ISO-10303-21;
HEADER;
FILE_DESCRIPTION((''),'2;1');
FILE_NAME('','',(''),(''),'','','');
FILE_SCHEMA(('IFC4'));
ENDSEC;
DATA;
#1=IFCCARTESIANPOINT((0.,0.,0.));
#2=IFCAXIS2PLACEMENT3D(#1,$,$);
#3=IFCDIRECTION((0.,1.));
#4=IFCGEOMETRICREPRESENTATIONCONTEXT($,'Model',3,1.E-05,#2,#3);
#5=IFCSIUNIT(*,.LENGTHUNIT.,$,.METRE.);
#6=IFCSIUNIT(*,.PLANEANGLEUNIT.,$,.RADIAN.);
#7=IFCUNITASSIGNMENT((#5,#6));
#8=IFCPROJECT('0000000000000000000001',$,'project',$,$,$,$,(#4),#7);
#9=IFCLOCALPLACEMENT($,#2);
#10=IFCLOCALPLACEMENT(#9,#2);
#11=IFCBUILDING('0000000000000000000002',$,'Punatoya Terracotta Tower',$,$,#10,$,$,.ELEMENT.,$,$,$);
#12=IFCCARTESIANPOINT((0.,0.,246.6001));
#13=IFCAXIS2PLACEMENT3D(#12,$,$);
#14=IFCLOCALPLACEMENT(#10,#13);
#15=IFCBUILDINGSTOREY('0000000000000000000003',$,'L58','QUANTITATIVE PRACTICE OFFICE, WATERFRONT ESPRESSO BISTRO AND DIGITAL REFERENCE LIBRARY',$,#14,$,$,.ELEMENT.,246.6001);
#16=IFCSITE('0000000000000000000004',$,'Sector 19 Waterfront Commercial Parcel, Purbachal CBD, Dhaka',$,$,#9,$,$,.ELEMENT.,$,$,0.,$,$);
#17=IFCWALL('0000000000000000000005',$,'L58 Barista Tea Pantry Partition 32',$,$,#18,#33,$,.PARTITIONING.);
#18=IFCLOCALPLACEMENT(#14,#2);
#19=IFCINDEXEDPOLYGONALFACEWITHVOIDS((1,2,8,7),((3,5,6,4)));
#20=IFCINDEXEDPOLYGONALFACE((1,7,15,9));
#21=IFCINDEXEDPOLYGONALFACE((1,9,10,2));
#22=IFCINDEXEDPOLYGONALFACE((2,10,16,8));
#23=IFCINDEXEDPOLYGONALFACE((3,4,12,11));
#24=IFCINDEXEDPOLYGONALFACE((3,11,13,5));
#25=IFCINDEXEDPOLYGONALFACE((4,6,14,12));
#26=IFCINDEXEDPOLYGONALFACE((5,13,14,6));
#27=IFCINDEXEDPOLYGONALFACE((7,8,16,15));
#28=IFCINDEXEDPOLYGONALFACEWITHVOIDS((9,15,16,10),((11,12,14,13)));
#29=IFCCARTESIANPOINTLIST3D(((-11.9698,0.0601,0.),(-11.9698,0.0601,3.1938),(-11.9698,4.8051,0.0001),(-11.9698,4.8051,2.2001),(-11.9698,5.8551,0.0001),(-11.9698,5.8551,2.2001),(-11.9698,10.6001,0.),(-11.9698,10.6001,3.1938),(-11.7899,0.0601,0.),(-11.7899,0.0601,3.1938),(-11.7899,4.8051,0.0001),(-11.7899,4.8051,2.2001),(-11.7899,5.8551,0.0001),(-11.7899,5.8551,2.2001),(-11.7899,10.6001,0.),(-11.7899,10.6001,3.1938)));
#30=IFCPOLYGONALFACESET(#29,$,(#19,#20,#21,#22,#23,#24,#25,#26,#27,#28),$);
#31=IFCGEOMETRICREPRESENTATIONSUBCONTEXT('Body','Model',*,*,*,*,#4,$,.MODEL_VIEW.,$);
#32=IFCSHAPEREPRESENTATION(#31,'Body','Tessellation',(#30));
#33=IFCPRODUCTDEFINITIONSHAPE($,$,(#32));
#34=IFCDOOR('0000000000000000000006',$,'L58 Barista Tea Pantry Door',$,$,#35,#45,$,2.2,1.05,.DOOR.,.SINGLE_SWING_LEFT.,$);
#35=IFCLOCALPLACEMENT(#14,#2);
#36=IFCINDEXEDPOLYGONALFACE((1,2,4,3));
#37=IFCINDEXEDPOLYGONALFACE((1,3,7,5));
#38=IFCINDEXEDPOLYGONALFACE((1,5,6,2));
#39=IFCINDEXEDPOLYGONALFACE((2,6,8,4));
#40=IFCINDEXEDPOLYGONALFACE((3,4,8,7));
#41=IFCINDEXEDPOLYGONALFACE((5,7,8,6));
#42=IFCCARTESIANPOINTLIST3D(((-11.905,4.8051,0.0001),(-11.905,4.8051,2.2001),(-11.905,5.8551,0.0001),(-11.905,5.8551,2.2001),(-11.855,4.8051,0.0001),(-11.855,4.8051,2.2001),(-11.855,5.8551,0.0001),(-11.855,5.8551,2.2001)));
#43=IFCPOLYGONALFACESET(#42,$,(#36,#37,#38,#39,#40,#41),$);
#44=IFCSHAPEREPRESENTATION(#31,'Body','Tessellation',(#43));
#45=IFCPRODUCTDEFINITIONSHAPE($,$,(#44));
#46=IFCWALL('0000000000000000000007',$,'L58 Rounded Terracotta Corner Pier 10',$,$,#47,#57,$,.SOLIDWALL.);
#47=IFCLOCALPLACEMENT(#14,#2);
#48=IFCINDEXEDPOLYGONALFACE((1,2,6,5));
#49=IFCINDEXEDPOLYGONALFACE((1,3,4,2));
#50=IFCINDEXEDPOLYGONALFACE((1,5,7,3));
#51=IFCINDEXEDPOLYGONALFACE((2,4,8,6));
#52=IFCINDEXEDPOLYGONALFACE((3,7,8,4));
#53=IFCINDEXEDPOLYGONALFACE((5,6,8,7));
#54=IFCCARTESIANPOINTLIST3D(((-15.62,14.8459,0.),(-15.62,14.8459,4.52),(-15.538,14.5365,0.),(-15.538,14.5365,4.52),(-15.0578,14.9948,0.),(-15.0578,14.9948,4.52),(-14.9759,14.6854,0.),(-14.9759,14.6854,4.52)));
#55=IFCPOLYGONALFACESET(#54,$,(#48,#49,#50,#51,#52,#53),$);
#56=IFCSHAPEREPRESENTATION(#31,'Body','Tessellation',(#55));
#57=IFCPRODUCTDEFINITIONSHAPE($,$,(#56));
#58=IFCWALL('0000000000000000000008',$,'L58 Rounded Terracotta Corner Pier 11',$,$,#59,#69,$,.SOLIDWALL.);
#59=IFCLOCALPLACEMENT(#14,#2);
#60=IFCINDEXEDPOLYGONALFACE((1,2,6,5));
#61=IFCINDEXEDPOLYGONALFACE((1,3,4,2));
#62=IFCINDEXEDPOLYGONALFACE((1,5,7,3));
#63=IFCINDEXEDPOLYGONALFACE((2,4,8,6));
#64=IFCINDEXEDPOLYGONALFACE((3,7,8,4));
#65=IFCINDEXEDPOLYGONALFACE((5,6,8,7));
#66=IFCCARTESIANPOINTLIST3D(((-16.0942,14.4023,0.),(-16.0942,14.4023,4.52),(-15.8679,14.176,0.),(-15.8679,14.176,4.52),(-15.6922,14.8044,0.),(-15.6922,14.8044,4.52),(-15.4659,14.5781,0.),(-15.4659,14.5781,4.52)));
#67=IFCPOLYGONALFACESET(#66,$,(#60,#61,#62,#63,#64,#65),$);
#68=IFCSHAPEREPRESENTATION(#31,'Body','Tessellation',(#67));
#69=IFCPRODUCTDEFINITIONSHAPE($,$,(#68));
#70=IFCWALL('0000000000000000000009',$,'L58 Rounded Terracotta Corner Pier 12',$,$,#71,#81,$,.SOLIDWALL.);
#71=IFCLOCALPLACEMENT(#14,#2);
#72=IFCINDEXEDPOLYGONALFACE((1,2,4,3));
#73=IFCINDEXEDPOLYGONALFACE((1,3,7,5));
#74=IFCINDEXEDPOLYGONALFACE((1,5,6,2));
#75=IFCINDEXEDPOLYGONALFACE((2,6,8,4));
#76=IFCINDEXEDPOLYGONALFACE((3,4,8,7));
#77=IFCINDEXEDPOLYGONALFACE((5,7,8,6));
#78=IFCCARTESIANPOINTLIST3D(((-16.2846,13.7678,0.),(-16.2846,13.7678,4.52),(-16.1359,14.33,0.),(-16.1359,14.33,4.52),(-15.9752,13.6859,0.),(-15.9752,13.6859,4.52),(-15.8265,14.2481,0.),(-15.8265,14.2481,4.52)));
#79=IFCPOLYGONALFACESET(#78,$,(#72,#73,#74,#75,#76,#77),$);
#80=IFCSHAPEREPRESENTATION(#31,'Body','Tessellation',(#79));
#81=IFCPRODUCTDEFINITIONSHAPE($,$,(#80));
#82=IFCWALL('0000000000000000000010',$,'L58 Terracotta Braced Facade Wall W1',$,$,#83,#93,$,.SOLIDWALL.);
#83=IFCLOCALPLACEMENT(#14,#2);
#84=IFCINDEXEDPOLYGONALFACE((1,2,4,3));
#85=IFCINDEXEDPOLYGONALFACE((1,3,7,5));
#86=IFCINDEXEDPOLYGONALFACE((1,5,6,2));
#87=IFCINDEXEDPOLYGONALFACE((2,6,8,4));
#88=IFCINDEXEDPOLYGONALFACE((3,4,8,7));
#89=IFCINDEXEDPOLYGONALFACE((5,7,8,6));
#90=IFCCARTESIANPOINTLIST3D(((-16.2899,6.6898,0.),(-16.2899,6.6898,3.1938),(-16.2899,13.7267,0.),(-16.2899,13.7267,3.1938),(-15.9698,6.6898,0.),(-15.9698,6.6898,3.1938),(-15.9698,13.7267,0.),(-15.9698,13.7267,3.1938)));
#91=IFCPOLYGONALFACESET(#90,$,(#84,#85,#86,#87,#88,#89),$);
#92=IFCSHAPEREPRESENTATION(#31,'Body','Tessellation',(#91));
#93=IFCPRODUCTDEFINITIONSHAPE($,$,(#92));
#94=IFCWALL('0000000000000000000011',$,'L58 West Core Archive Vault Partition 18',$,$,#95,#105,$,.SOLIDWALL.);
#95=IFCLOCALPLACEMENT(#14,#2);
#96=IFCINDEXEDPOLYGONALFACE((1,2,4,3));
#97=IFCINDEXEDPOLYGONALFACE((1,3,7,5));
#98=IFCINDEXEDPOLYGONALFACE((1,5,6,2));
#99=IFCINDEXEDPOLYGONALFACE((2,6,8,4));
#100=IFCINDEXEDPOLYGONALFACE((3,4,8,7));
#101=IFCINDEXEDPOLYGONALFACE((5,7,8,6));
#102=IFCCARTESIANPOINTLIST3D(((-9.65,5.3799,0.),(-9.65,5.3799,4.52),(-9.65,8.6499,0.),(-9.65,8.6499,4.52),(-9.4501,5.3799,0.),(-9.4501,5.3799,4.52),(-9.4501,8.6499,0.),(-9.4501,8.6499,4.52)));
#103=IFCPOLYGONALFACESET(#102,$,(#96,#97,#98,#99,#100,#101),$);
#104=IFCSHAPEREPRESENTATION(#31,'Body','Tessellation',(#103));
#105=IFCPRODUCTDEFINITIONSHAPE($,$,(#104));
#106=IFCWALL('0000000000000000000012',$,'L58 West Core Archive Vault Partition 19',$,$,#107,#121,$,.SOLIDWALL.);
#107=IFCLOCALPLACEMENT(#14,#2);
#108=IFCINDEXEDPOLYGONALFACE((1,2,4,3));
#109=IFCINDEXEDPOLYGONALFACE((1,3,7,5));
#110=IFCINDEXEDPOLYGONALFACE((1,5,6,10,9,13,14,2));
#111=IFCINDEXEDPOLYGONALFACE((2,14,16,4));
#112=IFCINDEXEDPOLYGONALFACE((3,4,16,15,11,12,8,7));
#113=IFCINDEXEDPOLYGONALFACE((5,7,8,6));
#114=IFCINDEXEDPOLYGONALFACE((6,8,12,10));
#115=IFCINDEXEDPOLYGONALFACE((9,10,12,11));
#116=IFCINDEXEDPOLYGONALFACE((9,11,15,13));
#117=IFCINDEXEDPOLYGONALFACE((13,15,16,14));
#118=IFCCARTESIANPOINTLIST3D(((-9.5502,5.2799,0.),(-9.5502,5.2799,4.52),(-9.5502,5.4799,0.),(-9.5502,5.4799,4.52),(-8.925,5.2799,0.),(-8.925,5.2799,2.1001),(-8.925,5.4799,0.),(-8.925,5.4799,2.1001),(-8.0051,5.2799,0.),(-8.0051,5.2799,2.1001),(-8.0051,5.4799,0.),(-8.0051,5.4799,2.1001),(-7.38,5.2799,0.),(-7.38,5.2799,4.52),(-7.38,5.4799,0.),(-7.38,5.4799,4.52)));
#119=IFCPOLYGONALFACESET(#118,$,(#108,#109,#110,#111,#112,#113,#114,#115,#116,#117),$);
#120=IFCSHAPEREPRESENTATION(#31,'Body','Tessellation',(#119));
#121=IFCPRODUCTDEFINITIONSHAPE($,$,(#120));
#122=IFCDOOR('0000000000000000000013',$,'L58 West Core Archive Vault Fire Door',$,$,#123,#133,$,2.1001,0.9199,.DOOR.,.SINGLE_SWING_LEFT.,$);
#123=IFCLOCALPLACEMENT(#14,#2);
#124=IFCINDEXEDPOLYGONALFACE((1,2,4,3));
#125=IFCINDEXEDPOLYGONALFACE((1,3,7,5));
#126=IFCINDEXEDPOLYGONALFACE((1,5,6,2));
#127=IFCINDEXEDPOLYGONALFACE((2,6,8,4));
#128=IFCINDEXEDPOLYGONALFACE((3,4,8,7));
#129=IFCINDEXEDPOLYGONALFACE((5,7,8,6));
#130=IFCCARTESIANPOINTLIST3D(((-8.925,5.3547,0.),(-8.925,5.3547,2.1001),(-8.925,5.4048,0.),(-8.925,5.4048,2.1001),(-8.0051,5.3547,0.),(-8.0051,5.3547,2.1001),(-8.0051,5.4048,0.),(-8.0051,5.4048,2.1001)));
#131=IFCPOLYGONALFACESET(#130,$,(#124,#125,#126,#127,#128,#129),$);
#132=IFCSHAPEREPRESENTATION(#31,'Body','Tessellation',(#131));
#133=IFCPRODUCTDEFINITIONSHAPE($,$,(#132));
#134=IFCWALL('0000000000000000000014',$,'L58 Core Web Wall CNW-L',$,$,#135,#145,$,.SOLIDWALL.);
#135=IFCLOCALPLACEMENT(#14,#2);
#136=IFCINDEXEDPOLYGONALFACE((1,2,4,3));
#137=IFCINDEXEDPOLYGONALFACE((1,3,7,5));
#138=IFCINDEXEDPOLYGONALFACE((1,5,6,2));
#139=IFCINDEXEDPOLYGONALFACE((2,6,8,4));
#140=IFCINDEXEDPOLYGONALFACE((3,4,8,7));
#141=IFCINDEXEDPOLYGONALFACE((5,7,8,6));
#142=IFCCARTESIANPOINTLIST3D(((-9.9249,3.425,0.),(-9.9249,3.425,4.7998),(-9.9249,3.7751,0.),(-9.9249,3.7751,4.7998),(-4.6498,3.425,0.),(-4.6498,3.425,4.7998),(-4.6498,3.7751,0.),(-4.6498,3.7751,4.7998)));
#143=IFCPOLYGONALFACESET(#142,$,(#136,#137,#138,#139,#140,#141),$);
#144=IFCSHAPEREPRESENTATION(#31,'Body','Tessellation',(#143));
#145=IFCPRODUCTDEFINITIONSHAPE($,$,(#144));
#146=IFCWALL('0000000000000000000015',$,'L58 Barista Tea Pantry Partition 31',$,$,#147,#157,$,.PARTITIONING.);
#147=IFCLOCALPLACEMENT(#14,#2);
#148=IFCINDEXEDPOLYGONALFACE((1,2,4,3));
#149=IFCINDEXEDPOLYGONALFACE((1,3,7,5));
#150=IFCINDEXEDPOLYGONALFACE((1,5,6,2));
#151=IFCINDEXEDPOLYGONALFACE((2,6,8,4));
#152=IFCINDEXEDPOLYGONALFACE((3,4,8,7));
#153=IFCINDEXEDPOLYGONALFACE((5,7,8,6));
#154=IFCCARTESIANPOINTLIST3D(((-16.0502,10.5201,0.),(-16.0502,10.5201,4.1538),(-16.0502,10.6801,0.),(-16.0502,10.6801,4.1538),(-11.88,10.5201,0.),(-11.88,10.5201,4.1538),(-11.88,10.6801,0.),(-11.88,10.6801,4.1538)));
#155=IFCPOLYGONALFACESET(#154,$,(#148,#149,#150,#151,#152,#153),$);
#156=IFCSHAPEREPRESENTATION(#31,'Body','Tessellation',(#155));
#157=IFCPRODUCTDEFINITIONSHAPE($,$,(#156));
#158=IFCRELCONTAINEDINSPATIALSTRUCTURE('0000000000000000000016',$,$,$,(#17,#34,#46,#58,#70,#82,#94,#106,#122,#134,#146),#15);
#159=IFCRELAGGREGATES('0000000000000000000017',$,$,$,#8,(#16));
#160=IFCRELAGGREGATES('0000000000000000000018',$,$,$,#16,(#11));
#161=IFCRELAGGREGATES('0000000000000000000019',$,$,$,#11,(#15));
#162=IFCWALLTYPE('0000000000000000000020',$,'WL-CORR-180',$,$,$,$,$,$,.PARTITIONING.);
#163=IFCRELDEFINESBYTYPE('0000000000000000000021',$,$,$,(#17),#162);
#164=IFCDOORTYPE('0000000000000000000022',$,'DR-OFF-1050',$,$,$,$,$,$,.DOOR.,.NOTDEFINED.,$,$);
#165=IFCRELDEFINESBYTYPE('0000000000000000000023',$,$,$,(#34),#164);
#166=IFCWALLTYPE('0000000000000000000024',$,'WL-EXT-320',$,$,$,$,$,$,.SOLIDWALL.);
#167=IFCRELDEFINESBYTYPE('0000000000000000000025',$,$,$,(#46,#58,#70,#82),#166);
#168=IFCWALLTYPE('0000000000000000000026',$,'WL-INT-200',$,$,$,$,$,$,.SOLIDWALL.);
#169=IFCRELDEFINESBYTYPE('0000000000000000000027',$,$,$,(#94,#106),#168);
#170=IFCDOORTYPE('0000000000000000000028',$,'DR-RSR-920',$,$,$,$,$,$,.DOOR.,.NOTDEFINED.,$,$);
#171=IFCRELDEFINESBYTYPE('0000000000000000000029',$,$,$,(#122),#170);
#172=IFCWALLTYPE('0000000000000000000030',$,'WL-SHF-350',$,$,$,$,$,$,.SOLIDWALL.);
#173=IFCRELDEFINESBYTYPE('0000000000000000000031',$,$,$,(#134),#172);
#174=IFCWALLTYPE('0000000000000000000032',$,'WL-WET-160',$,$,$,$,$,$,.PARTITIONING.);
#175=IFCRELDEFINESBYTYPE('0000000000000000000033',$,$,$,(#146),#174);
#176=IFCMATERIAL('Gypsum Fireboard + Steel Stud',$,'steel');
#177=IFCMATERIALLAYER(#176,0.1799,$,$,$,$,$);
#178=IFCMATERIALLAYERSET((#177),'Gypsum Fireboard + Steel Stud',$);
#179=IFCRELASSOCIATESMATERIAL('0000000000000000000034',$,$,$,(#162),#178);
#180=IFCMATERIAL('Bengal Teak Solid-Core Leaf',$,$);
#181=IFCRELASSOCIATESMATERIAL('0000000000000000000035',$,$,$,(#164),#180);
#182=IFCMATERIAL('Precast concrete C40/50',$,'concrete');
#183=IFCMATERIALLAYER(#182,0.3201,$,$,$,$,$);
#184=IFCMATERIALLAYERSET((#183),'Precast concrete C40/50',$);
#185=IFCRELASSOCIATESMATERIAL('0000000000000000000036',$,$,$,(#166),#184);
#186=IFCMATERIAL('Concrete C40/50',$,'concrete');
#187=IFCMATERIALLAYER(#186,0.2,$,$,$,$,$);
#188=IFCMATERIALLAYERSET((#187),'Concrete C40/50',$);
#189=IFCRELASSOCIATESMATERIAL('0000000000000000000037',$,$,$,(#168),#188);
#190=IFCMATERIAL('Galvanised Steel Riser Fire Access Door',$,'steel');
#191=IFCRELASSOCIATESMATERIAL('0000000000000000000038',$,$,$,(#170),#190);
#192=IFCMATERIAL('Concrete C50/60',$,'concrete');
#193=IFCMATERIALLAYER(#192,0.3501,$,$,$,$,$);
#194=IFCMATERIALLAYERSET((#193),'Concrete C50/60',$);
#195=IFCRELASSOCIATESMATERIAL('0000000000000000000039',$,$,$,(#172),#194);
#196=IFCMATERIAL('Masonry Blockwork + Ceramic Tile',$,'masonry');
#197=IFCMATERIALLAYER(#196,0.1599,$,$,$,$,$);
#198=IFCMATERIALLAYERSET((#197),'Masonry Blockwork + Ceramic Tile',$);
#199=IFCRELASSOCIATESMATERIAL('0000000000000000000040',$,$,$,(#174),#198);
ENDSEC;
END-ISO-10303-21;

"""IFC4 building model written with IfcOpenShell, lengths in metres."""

from ifc_helpers import new_model, si_unit, direction, frame, frame_2d, origin, place, context, subcontext, project, spatial, rectangle, extrude, material, layer, layer_set, type_object, element, fill, save


model = new_model("IFC4")

# Units and contexts
model_context = context("Model", 3, precision=1e-05, world=origin(), true_north=direction((0.0, 1.0)))
body_context = subcontext(model_context, "Body", "Model", "MODEL_VIEW")
ifc_project = project(units=[si_unit("LENGTHUNIT", "METRE"), si_unit("PLANEANGLEUNIT", "RADIAN")], contexts=[model_context])

# Site, building, storey
site_placement = place(None, origin())
site = spatial("IfcSite", under=ifc_project, at=site_placement, Name="Sector 19 Waterfront Commercial Parcel, Purbachal CBD, Dhaka", CompositionType="ELEMENT", RefElevation=0.0)
building_placement = place(site_placement, origin())
building = spatial("IfcBuilding", under=site, at=building_placement, Name="Punatoya Terracotta Tower", CompositionType="ELEMENT")
storey_placement = place(building_placement, frame((0.0, 0.0, 246.6001)))
storey = spatial("IfcBuildingStorey", under=building, at=storey_placement, Name="L58", Description="QUANTITATIVE PRACTICE OFFICE, WATERFRONT ESPRESSO BISTRO AND DIGITAL REFERENCE LIBRARY", CompositionType="ELEMENT", Elevation=246.6001)

# Shared definitions
ifc_material_1 = material(Name="Concrete C50/60", Category="concrete")

# Wall, opening, door
ifc_material_2 = material(Name="Gypsum Fireboard + Steel Stud", Category="steel")
ifc_layer_1 = layer(ifc_material_2, 0.1799)
ifc_layer_set_1 = layer_set([ifc_layer_1], Name="Gypsum Fireboard + Steel Stud")
wall_type_1 = type_object("IfcWallType", Name="WL-CORR-180", PredefinedType="PARTITIONING", material=ifc_layer_set_1)
wall_1_placement = place(storey_placement, frame((-11.8799, 10.6001, 0.0), z_axis=(0.0, 0.0, 1.0), x_axis=(0.0, -1.0, 0.0)))
wall_1 = element("IfcWall", 1, at=wall_1_placement, inside=storey, type_object=wall_type_1, Name="L58 Barista Tea Pantry Partition 32", PredefinedType="PARTITIONING", context=body_context, shape_type="SweptSolid", body=[
    extrude(rectangle(XDim=10.54, YDim=0.1799, at=frame_2d((5.27, 0.0))), origin(), (0.0, 0.0, 1.0), 3.1938),
])
opening_1_placement = place(wall_1_placement, frame((4.7451, 0.0, 0.0)))
opening_1 = element("IfcOpeningElement", 2, at=opening_1_placement, cuts=wall_1, PredefinedType="OPENING", context=body_context, shape_type="SweptSolid", body=[
    extrude(rectangle(XDim=1.05, YDim=2.2, at=frame_2d((0.5249, 1.1001))), frame((0.0, 0.0999, 0.0), z_axis=(0.0, -1.0, 0.0), x_axis=(1.0, 0.0, 0.0)), (0.0, 0.0, 1.0), 0.2),
])
ifc_material_3 = material(Name="Bengal Teak Solid-Core Leaf")
door_type_1 = type_object("IfcDoorType", Name="DR-OFF-1050", OperationType="NOTDEFINED", PredefinedType="DOOR", material=ifc_material_3)
door_1_placement = place(opening_1_placement, origin())
door_1 = element("IfcDoor", 3, at=door_1_placement, inside=storey, type_object=door_type_1, Name="L58 Barista Tea Pantry Door", OperationType="SINGLE_SWING_LEFT", OverallHeight=2.2, OverallWidth=1.05, PredefinedType="DOOR", context=body_context, shape_type="SweptSolid", body=[
    extrude(rectangle(XDim=1.05, YDim=2.2, at=frame_2d((0.5249, 1.1001))), frame((0.0, 0.0249, 0.0), z_axis=(0.0, -1.0, 0.0), x_axis=(1.0, 0.0, 0.0)), (0.0, 0.0, 1.0), 0.05),
])
fill(opening_1, door_1)

# Walls
ifc_material_4 = material(Name="Precast concrete C40/50", Category="concrete")
ifc_layer_2 = layer(ifc_material_4, 0.3201)
ifc_layer_set_2 = layer_set([ifc_layer_2], Name="Precast concrete C40/50")
wall_type_2 = type_object("IfcWallType", Name="WL-EXT-320", PredefinedType="SOLIDWALL", material=ifc_layer_set_2)
wall_2_placement = place(storey_placement, frame((-15.0168, 14.8401, 0.0), z_axis=(0.0, 0.0, 1.0), x_axis=(-0.966666, -0.256043, 0.0)))
element("IfcWall", 4, at=wall_2_placement, inside=storey, type_object=wall_type_2, Name="L58 Rounded Terracotta Corner Pier 10", PredefinedType="SOLIDWALL", context=body_context, shape_type="SweptSolid", body=[
    extrude(rectangle(XDim=0.5815, YDim=0.3201, at=frame_2d((0.2908, 0.0))), origin(), (0.0, 0.0, 1.0), 4.52),
])
wall_3_placement = place(storey_placement, frame((-15.5791, 14.6912, 0.0), z_axis=(0.0, 0.0, 1.0), x_axis=(-0.707107, -0.707107, 0.0)))
element("IfcWall", 5, at=wall_3_placement, inside=storey, type_object=wall_type_2, Name="L58 Rounded Terracotta Corner Pier 11", PredefinedType="SOLIDWALL", context=body_context, shape_type="SweptSolid", body=[
    extrude(rectangle(XDim=0.5686, YDim=0.3201, at=frame_2d((0.2842, 0.0))), origin(), (0.0, 0.0, 1.0), 4.52),
])
wall_4_placement = place(storey_placement, frame((-15.9812, 14.2891, 0.0), z_axis=(0.0, 0.0, 1.0), x_axis=(-0.25565, -0.966769, 0.0)))
element("IfcWall", 6, at=wall_4_placement, inside=storey, type_object=wall_type_2, Name="L58 Rounded Terracotta Corner Pier 12", PredefinedType="SOLIDWALL", context=body_context, shape_type="SweptSolid", body=[
    extrude(rectangle(XDim=0.5815, YDim=0.3201, at=frame_2d((0.2908, 0.0))), origin(), (0.0, 0.0, 1.0), 4.52),
])
wall_5_placement = place(storey_placement, frame((-16.1299, 13.7268, 0.0), z_axis=(0.0, 0.0, 1.0), x_axis=(0.0, -1.0, 0.0)))
element("IfcWall", 7, at=wall_5_placement, inside=storey, type_object=wall_type_2, Name="L58 Terracotta Braced Facade Wall W1", PredefinedType="SOLIDWALL", context=body_context, shape_type="SweptSolid", body=[
    extrude(rectangle(XDim=7.0369, YDim=0.3201, at=frame_2d((3.5186, 0.0))), origin(), (0.0, 0.0, 1.0), 3.1938),
])
ifc_material_5 = material(Name="Concrete C40/50", Category="concrete")
ifc_layer_3 = layer(ifc_material_5, 0.2)
ifc_layer_set_3 = layer_set([ifc_layer_3], Name="Concrete C40/50")
wall_type_3 = type_object("IfcWallType", Name="WL-INT-200", PredefinedType="SOLIDWALL", material=ifc_layer_set_3)
wall_6_placement = place(storey_placement, frame((-9.55, 8.6499, 0.0), z_axis=(0.0, 0.0, 1.0), x_axis=(0.0, -1.0, 0.0)))
element("IfcWall", 8, at=wall_6_placement, inside=storey, type_object=wall_type_3, Name="L58 West Core Archive Vault Partition 18", PredefinedType="SOLIDWALL", context=body_context, shape_type="SweptSolid", body=[
    extrude(rectangle(XDim=3.27, YDim=0.2, at=frame_2d((1.635, 0.0))), origin(), (0.0, 0.0, 1.0), 4.52),
])

# Wall, opening, door
wall_7_placement = place(storey_placement, frame((-9.55, 5.3799, 0.0), z_axis=(0.0, 0.0, 1.0), x_axis=(1.0, 0.0, 0.0)))
wall_7 = element("IfcWall", 9, at=wall_7_placement, inside=storey, type_object=wall_type_3, Name="L58 West Core Archive Vault Partition 19", PredefinedType="SOLIDWALL", context=body_context, shape_type="SweptSolid", body=[
    extrude(rectangle(XDim=2.1702, YDim=0.2, at=frame_2d((1.085, 0.0))), origin(), (0.0, 0.0, 1.0), 4.52),
])
opening_2_placement = place(wall_7_placement, frame((0.625, 0.0, 0.0)))
opening_2 = element("IfcOpeningElement", 10, at=opening_2_placement, cuts=wall_7, PredefinedType="OPENING", context=body_context, shape_type="SweptSolid", body=[
    extrude(rectangle(XDim=0.9199, YDim=2.1001, at=frame_2d((0.46, 1.05))), frame((0.0, 0.1099, 0.0), z_axis=(0.0, -1.0, 0.0), x_axis=(1.0, 0.0, 0.0)), (0.0, 0.0, 1.0), 0.22),
])
ifc_material_6 = material(Name="Galvanised Steel Riser Fire Access Door", Category="steel")
door_type_2 = type_object("IfcDoorType", Name="DR-RSR-920", OperationType="NOTDEFINED", PredefinedType="DOOR", material=ifc_material_6)
door_2_placement = place(opening_2_placement, origin())
door_2 = element("IfcDoor", 11, at=door_2_placement, inside=storey, type_object=door_type_2, Name="L58 West Core Archive Vault Fire Door", OperationType="SINGLE_SWING_LEFT", OverallHeight=2.1001, OverallWidth=0.9199, PredefinedType="DOOR", context=body_context, shape_type="SweptSolid", body=[
    extrude(rectangle(XDim=0.9199, YDim=2.1001, at=frame_2d((0.46, 1.05))), frame((0.0, 0.0249, 0.0), z_axis=(0.0, -1.0, 0.0), x_axis=(1.0, 0.0, 0.0)), (0.0, 0.0, 1.0), 0.05),
])
fill(opening_2, door_2)

# Walls
ifc_layer_4 = layer(ifc_material_1, 0.3501)
ifc_layer_set_4 = layer_set([ifc_layer_4], Name="Concrete C50/60")
wall_type_4 = type_object("IfcWallType", Name="WL-SHF-350", PredefinedType="SOLIDWALL", material=ifc_layer_set_4)
wall_8_placement = place(storey_placement, frame((-9.925, 3.6001, 0.0), z_axis=(0.0, 0.0, 1.0), x_axis=(1.0, 0.0, 0.0)))
element("IfcWall", 12, at=wall_8_placement, inside=storey, type_object=wall_type_4, Name="L58 Core Web Wall CNW-L", PredefinedType="SOLIDWALL", context=body_context, shape_type="SweptSolid", body=[
    extrude(rectangle(XDim=5.2751, YDim=0.3501, at=frame_2d((2.6377, 0.0))), origin(), (0.0, 0.0, 1.0), 4.7998),
])
ifc_material_7 = material(Name="Masonry Blockwork + Ceramic Tile", Category="masonry")
ifc_layer_5 = layer(ifc_material_7, 0.1599)
ifc_layer_set_5 = layer_set([ifc_layer_5], Name="Masonry Blockwork + Ceramic Tile")
wall_type_5 = type_object("IfcWallType", Name="WL-WET-160", PredefinedType="PARTITIONING", material=ifc_layer_set_5)
wall_9_placement = place(storey_placement, frame((-16.05, 10.6001, 0.0), z_axis=(0.0, 0.0, 1.0), x_axis=(1.0, 0.0, 0.0)))
element("IfcWall", 13, at=wall_9_placement, inside=storey, type_object=wall_type_5, Name="L58 Barista Tea Pantry Partition 31", PredefinedType="PARTITIONING", context=body_context, shape_type="SweptSolid", body=[
    extrude(rectangle(XDim=4.1702, YDim=0.1599, at=frame_2d((2.085, 0.0))), origin(), (0.0, 0.0, 1.0), 4.1538),
])

save(model, "model.ifc")
